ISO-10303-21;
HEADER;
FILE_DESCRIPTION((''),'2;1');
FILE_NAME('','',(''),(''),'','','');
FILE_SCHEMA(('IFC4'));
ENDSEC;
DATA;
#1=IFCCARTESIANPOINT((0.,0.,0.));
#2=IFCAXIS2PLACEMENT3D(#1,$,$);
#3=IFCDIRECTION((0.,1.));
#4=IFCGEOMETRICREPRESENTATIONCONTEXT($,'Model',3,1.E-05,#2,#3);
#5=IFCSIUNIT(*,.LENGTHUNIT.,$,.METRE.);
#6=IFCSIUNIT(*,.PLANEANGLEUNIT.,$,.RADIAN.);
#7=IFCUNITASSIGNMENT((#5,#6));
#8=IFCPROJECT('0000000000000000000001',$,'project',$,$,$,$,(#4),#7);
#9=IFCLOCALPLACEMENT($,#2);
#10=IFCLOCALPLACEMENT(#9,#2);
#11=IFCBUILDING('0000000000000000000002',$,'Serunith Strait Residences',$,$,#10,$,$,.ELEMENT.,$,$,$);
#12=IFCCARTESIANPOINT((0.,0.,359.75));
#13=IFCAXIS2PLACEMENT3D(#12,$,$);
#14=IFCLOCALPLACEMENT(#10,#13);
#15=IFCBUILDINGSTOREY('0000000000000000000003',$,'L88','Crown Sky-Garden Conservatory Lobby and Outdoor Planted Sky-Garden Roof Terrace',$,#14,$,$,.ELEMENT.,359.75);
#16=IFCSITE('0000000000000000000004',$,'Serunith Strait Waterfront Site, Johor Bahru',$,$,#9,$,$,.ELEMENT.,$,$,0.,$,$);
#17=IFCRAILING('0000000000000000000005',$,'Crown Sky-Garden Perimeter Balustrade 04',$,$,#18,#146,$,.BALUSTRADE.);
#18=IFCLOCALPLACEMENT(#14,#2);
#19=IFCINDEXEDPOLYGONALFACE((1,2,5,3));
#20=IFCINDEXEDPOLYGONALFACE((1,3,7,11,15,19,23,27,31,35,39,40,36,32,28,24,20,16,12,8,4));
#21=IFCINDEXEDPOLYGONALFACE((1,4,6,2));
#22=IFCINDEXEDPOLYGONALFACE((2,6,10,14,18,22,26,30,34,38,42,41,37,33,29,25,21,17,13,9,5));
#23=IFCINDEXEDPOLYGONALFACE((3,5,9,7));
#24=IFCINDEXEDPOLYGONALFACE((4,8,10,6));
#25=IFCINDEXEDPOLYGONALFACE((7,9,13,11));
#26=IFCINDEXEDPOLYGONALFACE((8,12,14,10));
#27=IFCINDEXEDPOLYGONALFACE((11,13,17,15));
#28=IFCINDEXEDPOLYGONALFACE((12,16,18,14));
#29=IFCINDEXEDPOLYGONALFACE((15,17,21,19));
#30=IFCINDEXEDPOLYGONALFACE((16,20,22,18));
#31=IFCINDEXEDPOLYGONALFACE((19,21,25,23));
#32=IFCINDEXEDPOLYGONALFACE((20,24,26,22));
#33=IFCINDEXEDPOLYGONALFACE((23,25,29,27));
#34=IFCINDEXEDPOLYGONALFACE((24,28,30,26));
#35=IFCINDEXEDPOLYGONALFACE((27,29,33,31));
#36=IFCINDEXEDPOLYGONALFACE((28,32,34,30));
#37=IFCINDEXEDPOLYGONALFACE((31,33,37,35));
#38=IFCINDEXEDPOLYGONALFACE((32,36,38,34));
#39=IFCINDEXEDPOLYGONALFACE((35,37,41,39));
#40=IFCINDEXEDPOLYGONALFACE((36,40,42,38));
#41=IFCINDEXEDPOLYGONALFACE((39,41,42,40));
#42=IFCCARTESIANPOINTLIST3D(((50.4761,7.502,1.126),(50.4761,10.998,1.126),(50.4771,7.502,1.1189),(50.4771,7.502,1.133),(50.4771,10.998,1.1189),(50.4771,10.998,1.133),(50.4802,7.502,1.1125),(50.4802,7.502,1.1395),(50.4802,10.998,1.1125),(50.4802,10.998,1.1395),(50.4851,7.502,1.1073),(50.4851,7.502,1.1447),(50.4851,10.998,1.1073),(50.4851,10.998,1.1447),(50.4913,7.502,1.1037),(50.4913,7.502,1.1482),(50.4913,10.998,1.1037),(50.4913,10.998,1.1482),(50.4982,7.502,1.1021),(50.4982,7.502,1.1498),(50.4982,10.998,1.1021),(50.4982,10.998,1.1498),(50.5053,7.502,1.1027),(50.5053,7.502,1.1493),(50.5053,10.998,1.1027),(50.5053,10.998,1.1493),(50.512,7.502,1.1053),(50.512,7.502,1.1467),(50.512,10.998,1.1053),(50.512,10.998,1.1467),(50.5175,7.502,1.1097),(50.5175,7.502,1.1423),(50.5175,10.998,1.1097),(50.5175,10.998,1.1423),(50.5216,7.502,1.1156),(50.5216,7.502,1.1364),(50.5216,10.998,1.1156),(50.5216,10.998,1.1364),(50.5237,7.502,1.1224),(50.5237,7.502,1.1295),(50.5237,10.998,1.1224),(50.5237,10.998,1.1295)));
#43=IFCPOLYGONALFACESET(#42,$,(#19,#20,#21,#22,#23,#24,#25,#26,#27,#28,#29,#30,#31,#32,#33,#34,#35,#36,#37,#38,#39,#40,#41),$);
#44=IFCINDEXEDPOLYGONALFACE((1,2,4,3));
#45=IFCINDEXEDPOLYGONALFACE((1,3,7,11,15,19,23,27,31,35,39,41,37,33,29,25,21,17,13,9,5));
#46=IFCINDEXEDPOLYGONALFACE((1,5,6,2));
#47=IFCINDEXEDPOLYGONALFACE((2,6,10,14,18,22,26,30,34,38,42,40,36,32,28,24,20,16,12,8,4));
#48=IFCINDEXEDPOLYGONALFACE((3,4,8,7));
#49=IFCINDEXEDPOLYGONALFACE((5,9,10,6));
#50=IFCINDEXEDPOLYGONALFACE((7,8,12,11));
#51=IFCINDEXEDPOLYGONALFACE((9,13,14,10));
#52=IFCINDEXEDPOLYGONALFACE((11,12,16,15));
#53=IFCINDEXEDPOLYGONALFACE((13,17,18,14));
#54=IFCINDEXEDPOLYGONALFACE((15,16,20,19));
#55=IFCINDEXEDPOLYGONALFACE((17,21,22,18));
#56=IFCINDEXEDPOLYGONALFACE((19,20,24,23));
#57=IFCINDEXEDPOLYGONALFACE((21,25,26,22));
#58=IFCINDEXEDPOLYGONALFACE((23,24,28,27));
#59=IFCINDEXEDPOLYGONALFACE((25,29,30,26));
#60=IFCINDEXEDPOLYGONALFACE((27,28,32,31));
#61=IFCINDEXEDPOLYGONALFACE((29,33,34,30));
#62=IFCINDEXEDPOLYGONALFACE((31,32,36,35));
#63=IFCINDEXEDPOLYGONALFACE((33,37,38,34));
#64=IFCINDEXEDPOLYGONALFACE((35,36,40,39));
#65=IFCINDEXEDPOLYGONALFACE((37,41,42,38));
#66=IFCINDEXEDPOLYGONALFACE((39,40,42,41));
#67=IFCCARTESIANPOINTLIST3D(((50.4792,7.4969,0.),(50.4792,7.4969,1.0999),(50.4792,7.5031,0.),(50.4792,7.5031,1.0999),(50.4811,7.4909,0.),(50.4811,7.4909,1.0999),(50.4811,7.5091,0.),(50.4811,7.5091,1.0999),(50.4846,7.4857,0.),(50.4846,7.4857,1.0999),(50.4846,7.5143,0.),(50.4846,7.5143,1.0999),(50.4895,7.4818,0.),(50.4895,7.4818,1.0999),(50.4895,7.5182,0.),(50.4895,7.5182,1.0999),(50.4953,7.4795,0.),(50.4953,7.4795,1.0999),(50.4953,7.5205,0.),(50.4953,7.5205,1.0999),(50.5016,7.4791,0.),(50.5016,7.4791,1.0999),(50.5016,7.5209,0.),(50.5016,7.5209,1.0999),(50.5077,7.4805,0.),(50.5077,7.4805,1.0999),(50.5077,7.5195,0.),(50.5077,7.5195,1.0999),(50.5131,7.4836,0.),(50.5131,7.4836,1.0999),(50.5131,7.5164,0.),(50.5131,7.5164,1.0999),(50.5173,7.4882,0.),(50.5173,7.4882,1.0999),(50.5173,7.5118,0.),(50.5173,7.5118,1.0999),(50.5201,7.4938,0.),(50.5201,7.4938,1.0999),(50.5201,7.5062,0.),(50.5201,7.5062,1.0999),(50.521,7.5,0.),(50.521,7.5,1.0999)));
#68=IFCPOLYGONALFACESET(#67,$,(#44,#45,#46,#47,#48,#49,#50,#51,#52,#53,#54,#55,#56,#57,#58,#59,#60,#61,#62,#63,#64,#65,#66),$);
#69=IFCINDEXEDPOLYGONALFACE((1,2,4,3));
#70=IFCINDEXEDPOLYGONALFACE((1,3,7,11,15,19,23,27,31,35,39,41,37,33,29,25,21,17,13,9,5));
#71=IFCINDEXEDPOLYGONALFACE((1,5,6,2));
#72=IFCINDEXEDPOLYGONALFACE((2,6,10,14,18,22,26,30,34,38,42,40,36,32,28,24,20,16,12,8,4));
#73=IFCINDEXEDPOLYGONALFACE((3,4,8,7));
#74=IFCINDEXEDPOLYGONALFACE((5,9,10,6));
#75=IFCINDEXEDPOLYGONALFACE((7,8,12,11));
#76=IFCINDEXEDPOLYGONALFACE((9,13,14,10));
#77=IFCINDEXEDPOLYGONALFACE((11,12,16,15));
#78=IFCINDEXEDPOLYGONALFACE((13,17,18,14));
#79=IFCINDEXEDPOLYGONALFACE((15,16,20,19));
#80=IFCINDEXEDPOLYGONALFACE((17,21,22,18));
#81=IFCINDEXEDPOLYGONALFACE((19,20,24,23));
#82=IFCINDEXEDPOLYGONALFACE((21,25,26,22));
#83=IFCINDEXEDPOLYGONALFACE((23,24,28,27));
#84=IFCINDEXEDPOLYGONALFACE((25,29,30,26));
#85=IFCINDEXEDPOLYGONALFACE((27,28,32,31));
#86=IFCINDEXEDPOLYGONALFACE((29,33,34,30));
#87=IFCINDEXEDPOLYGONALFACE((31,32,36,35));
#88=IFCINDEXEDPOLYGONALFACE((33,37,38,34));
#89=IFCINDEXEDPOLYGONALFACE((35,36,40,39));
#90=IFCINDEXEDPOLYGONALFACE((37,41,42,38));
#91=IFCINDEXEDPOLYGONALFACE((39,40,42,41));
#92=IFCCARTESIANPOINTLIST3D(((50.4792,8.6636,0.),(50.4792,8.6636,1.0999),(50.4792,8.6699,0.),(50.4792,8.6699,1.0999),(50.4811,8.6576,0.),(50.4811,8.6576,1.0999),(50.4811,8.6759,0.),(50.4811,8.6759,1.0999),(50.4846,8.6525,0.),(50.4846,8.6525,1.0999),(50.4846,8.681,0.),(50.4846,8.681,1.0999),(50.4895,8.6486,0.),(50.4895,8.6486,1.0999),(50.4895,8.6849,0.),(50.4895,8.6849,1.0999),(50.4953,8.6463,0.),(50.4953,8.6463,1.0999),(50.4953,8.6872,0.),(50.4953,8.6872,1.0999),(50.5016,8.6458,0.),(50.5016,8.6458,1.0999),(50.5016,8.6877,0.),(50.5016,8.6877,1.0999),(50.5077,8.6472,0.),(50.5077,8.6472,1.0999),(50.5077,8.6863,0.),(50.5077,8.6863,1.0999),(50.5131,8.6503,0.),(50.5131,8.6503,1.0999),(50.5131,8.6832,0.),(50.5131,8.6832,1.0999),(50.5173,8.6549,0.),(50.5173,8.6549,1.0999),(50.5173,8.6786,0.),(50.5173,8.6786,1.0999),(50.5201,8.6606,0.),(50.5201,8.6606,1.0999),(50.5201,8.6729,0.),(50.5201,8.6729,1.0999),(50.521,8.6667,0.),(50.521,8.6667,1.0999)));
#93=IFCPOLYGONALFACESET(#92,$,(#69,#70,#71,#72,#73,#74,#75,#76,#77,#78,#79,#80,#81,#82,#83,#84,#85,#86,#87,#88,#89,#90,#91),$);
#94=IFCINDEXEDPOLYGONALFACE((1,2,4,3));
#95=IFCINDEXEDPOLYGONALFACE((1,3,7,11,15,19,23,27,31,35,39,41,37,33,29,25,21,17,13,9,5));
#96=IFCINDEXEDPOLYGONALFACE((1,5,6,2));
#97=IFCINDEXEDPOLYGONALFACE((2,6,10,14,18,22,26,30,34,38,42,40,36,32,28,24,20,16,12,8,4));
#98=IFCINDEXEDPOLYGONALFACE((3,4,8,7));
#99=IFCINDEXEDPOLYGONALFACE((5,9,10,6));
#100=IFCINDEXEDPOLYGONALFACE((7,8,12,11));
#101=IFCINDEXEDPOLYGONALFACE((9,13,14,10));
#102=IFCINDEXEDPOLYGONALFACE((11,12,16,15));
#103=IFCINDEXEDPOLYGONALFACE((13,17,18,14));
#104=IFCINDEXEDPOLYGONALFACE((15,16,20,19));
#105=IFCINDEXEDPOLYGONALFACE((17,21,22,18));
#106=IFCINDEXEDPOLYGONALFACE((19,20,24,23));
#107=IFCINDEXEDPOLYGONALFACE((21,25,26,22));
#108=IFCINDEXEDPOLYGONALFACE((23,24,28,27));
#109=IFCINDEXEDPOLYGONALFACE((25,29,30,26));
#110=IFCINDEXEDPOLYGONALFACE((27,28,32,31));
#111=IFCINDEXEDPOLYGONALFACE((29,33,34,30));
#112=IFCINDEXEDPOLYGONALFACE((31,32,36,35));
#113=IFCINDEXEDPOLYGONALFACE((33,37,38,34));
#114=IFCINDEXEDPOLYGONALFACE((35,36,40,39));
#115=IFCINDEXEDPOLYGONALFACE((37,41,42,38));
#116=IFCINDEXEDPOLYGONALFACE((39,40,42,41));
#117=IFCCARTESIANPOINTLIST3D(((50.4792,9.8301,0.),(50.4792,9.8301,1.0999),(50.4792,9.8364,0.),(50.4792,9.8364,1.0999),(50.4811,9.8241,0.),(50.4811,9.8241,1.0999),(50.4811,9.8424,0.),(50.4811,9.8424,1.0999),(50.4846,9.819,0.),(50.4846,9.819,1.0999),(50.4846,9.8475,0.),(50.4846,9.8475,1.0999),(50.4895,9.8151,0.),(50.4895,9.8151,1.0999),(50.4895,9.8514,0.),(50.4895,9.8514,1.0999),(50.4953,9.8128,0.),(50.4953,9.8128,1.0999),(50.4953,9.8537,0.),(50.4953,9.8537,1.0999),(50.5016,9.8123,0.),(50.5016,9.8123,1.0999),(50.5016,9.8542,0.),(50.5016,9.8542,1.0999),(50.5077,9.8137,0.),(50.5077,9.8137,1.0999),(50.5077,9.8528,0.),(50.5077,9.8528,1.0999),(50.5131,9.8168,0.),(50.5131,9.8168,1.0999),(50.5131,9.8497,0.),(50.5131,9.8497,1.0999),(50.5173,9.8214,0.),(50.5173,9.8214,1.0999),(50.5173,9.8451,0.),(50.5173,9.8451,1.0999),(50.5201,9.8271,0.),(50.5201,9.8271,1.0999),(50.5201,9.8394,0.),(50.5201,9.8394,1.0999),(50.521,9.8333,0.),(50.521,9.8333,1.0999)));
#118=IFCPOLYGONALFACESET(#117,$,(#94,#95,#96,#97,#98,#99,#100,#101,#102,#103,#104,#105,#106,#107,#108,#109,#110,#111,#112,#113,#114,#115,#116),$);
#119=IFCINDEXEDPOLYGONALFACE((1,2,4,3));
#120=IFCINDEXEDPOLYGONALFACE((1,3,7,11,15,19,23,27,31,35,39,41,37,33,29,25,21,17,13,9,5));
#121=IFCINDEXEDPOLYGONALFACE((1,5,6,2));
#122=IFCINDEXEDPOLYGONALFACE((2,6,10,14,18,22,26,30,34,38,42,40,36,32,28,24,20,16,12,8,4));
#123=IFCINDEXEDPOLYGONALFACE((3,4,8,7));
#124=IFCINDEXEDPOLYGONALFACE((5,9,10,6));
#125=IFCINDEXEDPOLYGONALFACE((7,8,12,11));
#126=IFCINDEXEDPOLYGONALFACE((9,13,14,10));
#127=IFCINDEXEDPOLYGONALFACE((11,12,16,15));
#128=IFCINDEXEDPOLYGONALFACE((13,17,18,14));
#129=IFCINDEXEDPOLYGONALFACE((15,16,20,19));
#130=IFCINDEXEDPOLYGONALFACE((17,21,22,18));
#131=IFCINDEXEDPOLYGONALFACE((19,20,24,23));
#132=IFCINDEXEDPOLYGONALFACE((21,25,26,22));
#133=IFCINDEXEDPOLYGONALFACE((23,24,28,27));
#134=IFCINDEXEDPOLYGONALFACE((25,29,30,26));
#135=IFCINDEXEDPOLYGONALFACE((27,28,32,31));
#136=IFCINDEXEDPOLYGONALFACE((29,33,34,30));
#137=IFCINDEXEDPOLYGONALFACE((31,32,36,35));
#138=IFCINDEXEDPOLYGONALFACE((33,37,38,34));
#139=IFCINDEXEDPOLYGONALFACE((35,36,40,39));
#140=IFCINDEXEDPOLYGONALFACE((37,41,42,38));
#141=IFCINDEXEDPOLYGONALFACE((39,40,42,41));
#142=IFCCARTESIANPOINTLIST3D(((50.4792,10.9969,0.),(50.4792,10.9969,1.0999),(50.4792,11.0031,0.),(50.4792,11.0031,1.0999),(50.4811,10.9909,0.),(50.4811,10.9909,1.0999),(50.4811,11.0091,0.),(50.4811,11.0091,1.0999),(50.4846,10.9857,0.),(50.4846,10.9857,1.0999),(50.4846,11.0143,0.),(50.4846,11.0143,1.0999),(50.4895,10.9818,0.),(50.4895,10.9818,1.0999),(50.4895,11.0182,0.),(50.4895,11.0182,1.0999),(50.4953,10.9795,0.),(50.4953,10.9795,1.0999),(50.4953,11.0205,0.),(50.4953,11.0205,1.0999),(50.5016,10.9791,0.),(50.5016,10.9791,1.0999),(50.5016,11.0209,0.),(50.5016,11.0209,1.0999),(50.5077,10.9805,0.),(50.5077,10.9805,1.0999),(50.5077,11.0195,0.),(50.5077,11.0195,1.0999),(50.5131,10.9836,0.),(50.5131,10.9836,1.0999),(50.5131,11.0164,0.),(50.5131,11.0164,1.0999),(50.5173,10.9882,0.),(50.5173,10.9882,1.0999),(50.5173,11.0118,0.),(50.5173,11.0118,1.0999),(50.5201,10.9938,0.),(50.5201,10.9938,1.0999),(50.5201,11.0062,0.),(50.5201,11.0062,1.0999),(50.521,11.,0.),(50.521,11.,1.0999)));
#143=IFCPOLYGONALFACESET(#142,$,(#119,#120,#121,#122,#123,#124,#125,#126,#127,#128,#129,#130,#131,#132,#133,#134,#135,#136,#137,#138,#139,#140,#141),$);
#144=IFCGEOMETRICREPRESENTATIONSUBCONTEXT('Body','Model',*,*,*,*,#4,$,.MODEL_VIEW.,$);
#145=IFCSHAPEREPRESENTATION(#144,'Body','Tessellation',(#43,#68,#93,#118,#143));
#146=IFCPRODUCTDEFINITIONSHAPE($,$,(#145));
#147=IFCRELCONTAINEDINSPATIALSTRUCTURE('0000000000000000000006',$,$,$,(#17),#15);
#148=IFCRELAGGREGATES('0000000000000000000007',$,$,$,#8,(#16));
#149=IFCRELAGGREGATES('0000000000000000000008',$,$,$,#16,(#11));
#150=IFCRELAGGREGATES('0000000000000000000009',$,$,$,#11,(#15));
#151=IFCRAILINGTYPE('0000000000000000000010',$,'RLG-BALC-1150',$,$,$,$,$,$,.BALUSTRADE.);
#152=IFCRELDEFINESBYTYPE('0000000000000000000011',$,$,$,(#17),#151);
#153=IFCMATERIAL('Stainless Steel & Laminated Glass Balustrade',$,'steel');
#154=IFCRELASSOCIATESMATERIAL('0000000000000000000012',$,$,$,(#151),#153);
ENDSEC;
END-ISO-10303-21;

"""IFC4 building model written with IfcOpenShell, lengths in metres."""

from ifc_helpers import new_model, si_unit, direction, frame, origin, origin_2d, place, context, subcontext, project, spatial, circle, extrude, material, type_object, element, save


model = new_model("IFC4")

# Units and contexts
model_context = context("Model", 3, precision=1e-05, world=origin(), true_north=direction((0.0, 1.0)))
body_context = subcontext(model_context, "Body", "Model", "MODEL_VIEW")
ifc_project = project(units=[si_unit("LENGTHUNIT", "METRE"), si_unit("PLANEANGLEUNIT", "RADIAN")], contexts=[model_context])

# Site, building, storey
site_placement = place(None, origin())
site = spatial("IfcSite", under=ifc_project, at=site_placement, Name="Serunith Strait Waterfront Site, Johor Bahru", CompositionType="ELEMENT", RefElevation=0.0)
building_placement = place(site_placement, origin())
building = spatial("IfcBuilding", under=site, at=building_placement, Name="Serunith Strait Residences", CompositionType="ELEMENT")
storey_placement = place(building_placement, frame((0.0, 0.0, 359.75)))
storey = spatial("IfcBuildingStorey", under=building, at=storey_placement, Name="L88", Description="Crown Sky-Garden Conservatory Lobby and Outdoor Planted Sky-Garden Roof Terrace", CompositionType="ELEMENT", Elevation=359.75)

# Railing
ifc_material_1 = material(Name="Stainless Steel & Laminated Glass Balustrade", Category="steel")
railing_type_1 = type_object("IfcRailingType", Name="RLG-BALC-1150", PredefinedType="BALUSTRADE", material=ifc_material_1)
railing_1_placement = place(storey_placement, frame((50.5, 7.5, 0.0)))
element("IfcRailing", 1, at=railing_1_placement, inside=storey, type_object=railing_type_1, Name="Crown Sky-Garden Perimeter Balustrade 04", PredefinedType="BALUSTRADE", context=body_context, shape_type="SweptSolid", body=[
    extrude(circle(Radius=0.0239, at=origin_2d()), frame((0.0, 0.002, 1.126), z_axis=(0.0, 1.0, 0.0), x_axis=(-1.0, 0.0, 0.0)), (0.0, 0.0, 1.0), 3.4961),
    extrude(circle(Radius=0.021, at=origin_2d()), origin(), (0.0, 0.0, 1.0), 1.0999),
    extrude(circle(Radius=0.021, at=origin_2d()), frame((0.0, 1.1667, 0.0)), (0.0, 0.0, 1.0), 1.0999),
    extrude(circle(Radius=0.021, at=origin_2d()), frame((0.0, 2.3333, 0.0)), (0.0, 0.0, 1.0), 1.0999),
    extrude(circle(Radius=0.021, at=origin_2d()), frame((0.0, 3.5, 0.0)), (0.0, 0.0, 1.0), 1.0999),
])

save(model, "model.ifc")
